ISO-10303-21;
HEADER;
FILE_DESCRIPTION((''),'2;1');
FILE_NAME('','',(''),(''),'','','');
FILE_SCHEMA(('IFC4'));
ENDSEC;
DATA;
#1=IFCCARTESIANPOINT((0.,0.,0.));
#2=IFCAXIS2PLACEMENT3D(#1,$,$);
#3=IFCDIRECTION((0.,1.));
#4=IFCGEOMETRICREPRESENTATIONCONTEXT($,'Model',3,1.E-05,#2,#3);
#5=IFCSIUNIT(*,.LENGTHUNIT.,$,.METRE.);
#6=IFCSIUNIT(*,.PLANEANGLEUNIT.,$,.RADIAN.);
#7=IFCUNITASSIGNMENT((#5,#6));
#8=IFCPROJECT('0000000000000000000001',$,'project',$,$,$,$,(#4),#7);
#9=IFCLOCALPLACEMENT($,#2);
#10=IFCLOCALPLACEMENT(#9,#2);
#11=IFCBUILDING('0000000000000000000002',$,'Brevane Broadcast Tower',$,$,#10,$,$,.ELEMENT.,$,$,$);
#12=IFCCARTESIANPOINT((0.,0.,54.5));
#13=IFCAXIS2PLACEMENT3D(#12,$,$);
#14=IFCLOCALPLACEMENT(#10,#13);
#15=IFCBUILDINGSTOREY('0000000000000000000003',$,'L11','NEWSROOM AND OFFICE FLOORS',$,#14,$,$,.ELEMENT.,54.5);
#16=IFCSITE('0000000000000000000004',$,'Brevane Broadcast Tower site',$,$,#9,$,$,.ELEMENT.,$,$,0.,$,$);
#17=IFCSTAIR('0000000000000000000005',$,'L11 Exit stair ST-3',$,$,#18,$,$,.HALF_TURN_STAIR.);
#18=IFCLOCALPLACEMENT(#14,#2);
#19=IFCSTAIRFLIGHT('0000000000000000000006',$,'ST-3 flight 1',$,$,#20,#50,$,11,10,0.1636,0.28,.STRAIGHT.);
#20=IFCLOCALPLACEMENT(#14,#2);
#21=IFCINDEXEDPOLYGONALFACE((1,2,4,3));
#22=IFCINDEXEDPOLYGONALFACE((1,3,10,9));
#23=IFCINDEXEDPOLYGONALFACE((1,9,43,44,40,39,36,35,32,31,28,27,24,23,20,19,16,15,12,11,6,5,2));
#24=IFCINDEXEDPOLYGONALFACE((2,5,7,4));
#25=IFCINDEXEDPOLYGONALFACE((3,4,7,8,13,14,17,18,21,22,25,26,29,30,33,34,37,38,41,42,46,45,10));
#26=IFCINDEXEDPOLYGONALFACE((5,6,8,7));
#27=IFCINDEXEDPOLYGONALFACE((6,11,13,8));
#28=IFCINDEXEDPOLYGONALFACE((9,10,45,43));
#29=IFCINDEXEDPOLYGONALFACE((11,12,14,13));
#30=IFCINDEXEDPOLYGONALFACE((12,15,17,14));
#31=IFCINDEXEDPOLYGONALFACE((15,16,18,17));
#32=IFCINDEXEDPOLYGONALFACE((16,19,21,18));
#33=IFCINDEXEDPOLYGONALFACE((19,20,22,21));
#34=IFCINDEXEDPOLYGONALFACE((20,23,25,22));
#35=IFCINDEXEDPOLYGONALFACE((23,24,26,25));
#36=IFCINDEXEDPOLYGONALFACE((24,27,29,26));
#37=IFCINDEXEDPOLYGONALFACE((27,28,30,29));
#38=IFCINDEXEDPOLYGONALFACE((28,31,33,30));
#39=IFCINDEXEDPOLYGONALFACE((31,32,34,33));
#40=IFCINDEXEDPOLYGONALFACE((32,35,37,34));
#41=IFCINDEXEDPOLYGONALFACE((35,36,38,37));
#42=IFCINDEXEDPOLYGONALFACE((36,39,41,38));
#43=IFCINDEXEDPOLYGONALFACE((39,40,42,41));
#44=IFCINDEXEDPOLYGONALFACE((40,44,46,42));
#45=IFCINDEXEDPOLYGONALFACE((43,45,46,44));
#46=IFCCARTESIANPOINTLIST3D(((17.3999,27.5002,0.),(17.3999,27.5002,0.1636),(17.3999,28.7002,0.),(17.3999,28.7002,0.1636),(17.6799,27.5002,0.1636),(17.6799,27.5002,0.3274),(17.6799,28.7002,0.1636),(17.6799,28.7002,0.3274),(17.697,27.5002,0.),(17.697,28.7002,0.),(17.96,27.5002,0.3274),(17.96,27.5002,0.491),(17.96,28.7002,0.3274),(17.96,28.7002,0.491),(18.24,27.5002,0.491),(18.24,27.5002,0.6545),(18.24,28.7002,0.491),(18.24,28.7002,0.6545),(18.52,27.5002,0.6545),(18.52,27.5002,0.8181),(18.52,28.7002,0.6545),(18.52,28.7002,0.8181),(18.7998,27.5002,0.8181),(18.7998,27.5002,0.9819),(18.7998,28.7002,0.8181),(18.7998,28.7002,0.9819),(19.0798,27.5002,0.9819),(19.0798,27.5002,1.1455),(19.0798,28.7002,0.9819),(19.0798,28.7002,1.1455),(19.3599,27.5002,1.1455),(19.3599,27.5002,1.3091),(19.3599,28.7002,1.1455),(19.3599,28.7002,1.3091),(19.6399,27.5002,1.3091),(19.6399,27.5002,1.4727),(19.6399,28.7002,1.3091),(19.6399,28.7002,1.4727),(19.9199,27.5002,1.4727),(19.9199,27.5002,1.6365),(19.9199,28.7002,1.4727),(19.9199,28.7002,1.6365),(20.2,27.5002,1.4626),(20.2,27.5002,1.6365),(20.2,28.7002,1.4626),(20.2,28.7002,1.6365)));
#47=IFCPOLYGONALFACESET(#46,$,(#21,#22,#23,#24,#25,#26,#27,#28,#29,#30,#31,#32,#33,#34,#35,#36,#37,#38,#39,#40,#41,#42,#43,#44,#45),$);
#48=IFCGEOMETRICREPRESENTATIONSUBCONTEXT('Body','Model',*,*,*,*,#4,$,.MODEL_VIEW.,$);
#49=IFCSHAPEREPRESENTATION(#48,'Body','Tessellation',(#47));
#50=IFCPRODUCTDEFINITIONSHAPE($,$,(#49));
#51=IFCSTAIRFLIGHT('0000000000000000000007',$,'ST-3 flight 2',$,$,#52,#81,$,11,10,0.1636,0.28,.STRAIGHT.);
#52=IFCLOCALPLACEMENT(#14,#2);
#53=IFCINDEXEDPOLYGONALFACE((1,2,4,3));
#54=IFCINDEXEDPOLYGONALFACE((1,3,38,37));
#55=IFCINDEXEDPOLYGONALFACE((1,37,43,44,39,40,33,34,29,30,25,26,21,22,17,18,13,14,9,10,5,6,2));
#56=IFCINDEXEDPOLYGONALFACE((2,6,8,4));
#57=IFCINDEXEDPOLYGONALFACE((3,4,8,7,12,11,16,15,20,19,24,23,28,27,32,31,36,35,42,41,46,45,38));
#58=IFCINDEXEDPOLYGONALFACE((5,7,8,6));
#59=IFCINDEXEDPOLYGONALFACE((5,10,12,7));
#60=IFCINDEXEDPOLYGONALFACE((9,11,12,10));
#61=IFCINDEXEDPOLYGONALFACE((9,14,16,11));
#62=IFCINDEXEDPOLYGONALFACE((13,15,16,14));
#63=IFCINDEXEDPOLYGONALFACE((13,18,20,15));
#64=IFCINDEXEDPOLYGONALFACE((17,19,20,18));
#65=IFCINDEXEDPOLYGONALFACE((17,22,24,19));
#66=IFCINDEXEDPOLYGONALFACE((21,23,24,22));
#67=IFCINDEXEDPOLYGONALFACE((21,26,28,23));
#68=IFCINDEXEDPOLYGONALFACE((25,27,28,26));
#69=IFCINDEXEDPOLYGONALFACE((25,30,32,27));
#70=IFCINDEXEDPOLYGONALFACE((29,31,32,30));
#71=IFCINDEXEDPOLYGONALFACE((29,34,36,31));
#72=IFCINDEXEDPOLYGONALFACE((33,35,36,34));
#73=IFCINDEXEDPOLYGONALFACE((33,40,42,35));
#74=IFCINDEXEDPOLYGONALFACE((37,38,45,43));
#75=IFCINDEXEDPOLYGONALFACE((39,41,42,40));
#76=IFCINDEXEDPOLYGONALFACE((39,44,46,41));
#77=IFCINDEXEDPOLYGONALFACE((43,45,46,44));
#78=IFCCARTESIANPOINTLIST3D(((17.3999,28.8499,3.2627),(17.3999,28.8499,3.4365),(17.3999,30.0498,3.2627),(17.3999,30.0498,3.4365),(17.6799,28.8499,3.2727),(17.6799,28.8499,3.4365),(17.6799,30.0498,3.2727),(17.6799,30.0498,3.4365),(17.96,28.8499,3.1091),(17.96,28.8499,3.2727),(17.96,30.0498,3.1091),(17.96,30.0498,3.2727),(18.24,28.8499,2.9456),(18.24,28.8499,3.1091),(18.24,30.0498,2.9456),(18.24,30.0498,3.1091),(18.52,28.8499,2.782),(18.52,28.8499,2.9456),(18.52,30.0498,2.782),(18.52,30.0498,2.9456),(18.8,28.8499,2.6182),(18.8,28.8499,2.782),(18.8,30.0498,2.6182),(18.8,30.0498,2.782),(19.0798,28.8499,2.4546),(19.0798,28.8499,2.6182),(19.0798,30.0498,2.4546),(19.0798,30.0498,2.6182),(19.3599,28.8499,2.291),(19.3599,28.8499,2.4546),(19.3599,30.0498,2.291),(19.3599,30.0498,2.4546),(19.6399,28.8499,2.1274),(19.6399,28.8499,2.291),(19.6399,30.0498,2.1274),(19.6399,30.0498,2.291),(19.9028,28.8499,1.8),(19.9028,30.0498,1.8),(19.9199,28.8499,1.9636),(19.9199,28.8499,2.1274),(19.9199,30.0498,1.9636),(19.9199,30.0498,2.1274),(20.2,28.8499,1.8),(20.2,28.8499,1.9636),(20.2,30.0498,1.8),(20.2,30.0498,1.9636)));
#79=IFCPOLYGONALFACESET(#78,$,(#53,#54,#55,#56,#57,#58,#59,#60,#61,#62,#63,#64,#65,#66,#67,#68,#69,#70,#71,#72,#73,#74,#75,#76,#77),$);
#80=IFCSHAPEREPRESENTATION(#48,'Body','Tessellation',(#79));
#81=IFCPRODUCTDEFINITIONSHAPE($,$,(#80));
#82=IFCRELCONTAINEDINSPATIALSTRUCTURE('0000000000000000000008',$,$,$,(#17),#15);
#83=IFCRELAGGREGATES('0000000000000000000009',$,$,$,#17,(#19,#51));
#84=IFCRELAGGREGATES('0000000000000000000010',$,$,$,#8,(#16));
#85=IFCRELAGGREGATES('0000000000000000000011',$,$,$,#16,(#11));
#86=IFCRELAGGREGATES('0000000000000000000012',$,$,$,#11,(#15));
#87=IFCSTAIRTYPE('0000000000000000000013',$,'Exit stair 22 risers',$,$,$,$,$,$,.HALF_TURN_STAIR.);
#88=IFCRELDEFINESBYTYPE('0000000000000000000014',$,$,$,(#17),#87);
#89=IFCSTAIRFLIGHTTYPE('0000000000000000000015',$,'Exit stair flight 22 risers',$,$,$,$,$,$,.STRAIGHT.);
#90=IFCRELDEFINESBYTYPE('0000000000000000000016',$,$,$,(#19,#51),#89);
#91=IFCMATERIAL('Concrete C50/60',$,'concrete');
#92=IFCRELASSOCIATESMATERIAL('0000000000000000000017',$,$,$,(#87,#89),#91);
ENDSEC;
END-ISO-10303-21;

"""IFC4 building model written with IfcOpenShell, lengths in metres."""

from ifc_helpers import new_model, si_unit, direction, frame, origin, place, context, subcontext, project, spatial, polyline, outline, extrude, material, type_object, element, aggregate, save


model = new_model("IFC4")

# Units and contexts
model_context = context("Model", 3, precision=1e-05, world=origin(), true_north=direction((0.0, 1.0)))
body_context = subcontext(model_context, "Body", "Model", "MODEL_VIEW")
ifc_project = project(units=[si_unit("LENGTHUNIT", "METRE"), si_unit("PLANEANGLEUNIT", "RADIAN")], contexts=[model_context])

# Site, building, storey
site_placement = place(None, origin())
site = spatial("IfcSite", under=ifc_project, at=site_placement, Name="Brevane Broadcast Tower site", CompositionType="ELEMENT", RefElevation=0.0)
building_placement = place(site_placement, origin())
building = spatial("IfcBuilding", under=site, at=building_placement, Name="Brevane Broadcast Tower", CompositionType="ELEMENT")
storey_placement = place(building_placement, frame((0.0, 0.0, 54.5)))
storey = spatial("IfcBuildingStorey", under=building, at=storey_placement, Name="L11", Description="NEWSROOM AND OFFICE FLOORS", CompositionType="ELEMENT", Elevation=54.5)

# Stair, stair flights
ifc_material_1 = material(Name="Concrete C50/60", Category="concrete")
stair_type = type_object("IfcStairType", Name="Exit stair 22 risers", PredefinedType="HALF_TURN_STAIR", material=ifc_material_1)
stair_placement = place(storey_placement, origin())
stair = element("IfcStair", 1, at=stair_placement, inside=storey, type_object=stair_type, Name="L11 Exit stair ST-3", PredefinedType="HALF_TURN_STAIR")
stair_flight_type = type_object("IfcStairFlightType", Name="Exit stair flight 22 risers", PredefinedType="STRAIGHT", material=ifc_material_1)
stair_flight_1_placement = place(storey_placement, frame((17.3999, 28.1001, 0.0), z_axis=(0.0, 0.0, 1.0), x_axis=(1.0, 0.0, 0.0)))
stair_flight_1 = element("IfcStairFlight", 2, at=stair_flight_1_placement, type_object=stair_flight_type, Name="ST-3 flight 1", NumberOfRisers=11, NumberOfTreads=10, PredefinedType="STRAIGHT", RiserHeight=0.1636, TreadLength=0.28, context=body_context, shape_type="SweptSolid", body=[
    extrude(outline(polyline([(0.0, 0.0), (0.0, 0.1636), (0.28, 0.1636), (0.28, 0.3274), (0.5601, 0.3274), (0.5601, 0.491), (0.8401, 0.491), (0.8401, 0.6545), (1.1201, 0.6545), (1.1201, 0.8181), (1.3999, 0.8181), (1.3999, 0.9819), (1.6799, 0.9819), (1.6799, 1.1455), (1.96, 1.1455), (1.96, 1.3091), (2.24, 1.3091), (2.24, 1.4727), (2.52, 1.4727), (2.52, 1.6365), (2.8, 1.6365), (2.8, 1.8), (2.8, 1.4626), (0.2971, 0.0), (0.0, 0.0)])), frame((0.0, 0.6001, 0.0), z_axis=(0.0, -1.0, 0.0), x_axis=(1.0, 0.0, 0.0)), (0.0, 0.0, 1.0), 1.2),
])
stair_flight_2_placement = place(storey_placement, frame((20.2, 29.45, 1.8), z_axis=(0.0, 0.0, 1.0), x_axis=(-1.0, 0.0, 0.0)))
stair_flight_2 = element("IfcStairFlight", 3, at=stair_flight_2_placement, type_object=stair_flight_type, Name="ST-3 flight 2", NumberOfRisers=11, NumberOfTreads=10, PredefinedType="STRAIGHT", RiserHeight=0.1636, TreadLength=0.28, context=body_context, shape_type="SweptSolid", body=[
    extrude(outline(polyline([(0.0, 0.0), (0.0, 0.1636), (0.28, 0.1636), (0.28, 0.3274), (0.5601, 0.3274), (0.5601, 0.491), (0.8401, 0.491), (0.8401, 0.6545), (1.1201, 0.6545), (1.1201, 0.8181), (1.3999, 0.8181), (1.3999, 0.9819), (1.6799, 0.9819), (1.6799, 1.1455), (1.96, 1.1455), (1.96, 1.3091), (2.24, 1.3091), (2.24, 1.4727), (2.52, 1.4727), (2.52, 1.6365), (2.8, 1.6365), (2.8, 1.8), (2.8, 1.4626), (0.2971, 0.0), (0.0, 0.0)])), frame((0.0, 0.6001, 0.0), z_axis=(0.0, -1.0, 0.0), x_axis=(1.0, 0.0, 0.0)), (0.0, 0.0, 1.0), 1.2),
])
aggregate(stair, [stair_flight_1, stair_flight_2])

save(model, "model.ifc")
